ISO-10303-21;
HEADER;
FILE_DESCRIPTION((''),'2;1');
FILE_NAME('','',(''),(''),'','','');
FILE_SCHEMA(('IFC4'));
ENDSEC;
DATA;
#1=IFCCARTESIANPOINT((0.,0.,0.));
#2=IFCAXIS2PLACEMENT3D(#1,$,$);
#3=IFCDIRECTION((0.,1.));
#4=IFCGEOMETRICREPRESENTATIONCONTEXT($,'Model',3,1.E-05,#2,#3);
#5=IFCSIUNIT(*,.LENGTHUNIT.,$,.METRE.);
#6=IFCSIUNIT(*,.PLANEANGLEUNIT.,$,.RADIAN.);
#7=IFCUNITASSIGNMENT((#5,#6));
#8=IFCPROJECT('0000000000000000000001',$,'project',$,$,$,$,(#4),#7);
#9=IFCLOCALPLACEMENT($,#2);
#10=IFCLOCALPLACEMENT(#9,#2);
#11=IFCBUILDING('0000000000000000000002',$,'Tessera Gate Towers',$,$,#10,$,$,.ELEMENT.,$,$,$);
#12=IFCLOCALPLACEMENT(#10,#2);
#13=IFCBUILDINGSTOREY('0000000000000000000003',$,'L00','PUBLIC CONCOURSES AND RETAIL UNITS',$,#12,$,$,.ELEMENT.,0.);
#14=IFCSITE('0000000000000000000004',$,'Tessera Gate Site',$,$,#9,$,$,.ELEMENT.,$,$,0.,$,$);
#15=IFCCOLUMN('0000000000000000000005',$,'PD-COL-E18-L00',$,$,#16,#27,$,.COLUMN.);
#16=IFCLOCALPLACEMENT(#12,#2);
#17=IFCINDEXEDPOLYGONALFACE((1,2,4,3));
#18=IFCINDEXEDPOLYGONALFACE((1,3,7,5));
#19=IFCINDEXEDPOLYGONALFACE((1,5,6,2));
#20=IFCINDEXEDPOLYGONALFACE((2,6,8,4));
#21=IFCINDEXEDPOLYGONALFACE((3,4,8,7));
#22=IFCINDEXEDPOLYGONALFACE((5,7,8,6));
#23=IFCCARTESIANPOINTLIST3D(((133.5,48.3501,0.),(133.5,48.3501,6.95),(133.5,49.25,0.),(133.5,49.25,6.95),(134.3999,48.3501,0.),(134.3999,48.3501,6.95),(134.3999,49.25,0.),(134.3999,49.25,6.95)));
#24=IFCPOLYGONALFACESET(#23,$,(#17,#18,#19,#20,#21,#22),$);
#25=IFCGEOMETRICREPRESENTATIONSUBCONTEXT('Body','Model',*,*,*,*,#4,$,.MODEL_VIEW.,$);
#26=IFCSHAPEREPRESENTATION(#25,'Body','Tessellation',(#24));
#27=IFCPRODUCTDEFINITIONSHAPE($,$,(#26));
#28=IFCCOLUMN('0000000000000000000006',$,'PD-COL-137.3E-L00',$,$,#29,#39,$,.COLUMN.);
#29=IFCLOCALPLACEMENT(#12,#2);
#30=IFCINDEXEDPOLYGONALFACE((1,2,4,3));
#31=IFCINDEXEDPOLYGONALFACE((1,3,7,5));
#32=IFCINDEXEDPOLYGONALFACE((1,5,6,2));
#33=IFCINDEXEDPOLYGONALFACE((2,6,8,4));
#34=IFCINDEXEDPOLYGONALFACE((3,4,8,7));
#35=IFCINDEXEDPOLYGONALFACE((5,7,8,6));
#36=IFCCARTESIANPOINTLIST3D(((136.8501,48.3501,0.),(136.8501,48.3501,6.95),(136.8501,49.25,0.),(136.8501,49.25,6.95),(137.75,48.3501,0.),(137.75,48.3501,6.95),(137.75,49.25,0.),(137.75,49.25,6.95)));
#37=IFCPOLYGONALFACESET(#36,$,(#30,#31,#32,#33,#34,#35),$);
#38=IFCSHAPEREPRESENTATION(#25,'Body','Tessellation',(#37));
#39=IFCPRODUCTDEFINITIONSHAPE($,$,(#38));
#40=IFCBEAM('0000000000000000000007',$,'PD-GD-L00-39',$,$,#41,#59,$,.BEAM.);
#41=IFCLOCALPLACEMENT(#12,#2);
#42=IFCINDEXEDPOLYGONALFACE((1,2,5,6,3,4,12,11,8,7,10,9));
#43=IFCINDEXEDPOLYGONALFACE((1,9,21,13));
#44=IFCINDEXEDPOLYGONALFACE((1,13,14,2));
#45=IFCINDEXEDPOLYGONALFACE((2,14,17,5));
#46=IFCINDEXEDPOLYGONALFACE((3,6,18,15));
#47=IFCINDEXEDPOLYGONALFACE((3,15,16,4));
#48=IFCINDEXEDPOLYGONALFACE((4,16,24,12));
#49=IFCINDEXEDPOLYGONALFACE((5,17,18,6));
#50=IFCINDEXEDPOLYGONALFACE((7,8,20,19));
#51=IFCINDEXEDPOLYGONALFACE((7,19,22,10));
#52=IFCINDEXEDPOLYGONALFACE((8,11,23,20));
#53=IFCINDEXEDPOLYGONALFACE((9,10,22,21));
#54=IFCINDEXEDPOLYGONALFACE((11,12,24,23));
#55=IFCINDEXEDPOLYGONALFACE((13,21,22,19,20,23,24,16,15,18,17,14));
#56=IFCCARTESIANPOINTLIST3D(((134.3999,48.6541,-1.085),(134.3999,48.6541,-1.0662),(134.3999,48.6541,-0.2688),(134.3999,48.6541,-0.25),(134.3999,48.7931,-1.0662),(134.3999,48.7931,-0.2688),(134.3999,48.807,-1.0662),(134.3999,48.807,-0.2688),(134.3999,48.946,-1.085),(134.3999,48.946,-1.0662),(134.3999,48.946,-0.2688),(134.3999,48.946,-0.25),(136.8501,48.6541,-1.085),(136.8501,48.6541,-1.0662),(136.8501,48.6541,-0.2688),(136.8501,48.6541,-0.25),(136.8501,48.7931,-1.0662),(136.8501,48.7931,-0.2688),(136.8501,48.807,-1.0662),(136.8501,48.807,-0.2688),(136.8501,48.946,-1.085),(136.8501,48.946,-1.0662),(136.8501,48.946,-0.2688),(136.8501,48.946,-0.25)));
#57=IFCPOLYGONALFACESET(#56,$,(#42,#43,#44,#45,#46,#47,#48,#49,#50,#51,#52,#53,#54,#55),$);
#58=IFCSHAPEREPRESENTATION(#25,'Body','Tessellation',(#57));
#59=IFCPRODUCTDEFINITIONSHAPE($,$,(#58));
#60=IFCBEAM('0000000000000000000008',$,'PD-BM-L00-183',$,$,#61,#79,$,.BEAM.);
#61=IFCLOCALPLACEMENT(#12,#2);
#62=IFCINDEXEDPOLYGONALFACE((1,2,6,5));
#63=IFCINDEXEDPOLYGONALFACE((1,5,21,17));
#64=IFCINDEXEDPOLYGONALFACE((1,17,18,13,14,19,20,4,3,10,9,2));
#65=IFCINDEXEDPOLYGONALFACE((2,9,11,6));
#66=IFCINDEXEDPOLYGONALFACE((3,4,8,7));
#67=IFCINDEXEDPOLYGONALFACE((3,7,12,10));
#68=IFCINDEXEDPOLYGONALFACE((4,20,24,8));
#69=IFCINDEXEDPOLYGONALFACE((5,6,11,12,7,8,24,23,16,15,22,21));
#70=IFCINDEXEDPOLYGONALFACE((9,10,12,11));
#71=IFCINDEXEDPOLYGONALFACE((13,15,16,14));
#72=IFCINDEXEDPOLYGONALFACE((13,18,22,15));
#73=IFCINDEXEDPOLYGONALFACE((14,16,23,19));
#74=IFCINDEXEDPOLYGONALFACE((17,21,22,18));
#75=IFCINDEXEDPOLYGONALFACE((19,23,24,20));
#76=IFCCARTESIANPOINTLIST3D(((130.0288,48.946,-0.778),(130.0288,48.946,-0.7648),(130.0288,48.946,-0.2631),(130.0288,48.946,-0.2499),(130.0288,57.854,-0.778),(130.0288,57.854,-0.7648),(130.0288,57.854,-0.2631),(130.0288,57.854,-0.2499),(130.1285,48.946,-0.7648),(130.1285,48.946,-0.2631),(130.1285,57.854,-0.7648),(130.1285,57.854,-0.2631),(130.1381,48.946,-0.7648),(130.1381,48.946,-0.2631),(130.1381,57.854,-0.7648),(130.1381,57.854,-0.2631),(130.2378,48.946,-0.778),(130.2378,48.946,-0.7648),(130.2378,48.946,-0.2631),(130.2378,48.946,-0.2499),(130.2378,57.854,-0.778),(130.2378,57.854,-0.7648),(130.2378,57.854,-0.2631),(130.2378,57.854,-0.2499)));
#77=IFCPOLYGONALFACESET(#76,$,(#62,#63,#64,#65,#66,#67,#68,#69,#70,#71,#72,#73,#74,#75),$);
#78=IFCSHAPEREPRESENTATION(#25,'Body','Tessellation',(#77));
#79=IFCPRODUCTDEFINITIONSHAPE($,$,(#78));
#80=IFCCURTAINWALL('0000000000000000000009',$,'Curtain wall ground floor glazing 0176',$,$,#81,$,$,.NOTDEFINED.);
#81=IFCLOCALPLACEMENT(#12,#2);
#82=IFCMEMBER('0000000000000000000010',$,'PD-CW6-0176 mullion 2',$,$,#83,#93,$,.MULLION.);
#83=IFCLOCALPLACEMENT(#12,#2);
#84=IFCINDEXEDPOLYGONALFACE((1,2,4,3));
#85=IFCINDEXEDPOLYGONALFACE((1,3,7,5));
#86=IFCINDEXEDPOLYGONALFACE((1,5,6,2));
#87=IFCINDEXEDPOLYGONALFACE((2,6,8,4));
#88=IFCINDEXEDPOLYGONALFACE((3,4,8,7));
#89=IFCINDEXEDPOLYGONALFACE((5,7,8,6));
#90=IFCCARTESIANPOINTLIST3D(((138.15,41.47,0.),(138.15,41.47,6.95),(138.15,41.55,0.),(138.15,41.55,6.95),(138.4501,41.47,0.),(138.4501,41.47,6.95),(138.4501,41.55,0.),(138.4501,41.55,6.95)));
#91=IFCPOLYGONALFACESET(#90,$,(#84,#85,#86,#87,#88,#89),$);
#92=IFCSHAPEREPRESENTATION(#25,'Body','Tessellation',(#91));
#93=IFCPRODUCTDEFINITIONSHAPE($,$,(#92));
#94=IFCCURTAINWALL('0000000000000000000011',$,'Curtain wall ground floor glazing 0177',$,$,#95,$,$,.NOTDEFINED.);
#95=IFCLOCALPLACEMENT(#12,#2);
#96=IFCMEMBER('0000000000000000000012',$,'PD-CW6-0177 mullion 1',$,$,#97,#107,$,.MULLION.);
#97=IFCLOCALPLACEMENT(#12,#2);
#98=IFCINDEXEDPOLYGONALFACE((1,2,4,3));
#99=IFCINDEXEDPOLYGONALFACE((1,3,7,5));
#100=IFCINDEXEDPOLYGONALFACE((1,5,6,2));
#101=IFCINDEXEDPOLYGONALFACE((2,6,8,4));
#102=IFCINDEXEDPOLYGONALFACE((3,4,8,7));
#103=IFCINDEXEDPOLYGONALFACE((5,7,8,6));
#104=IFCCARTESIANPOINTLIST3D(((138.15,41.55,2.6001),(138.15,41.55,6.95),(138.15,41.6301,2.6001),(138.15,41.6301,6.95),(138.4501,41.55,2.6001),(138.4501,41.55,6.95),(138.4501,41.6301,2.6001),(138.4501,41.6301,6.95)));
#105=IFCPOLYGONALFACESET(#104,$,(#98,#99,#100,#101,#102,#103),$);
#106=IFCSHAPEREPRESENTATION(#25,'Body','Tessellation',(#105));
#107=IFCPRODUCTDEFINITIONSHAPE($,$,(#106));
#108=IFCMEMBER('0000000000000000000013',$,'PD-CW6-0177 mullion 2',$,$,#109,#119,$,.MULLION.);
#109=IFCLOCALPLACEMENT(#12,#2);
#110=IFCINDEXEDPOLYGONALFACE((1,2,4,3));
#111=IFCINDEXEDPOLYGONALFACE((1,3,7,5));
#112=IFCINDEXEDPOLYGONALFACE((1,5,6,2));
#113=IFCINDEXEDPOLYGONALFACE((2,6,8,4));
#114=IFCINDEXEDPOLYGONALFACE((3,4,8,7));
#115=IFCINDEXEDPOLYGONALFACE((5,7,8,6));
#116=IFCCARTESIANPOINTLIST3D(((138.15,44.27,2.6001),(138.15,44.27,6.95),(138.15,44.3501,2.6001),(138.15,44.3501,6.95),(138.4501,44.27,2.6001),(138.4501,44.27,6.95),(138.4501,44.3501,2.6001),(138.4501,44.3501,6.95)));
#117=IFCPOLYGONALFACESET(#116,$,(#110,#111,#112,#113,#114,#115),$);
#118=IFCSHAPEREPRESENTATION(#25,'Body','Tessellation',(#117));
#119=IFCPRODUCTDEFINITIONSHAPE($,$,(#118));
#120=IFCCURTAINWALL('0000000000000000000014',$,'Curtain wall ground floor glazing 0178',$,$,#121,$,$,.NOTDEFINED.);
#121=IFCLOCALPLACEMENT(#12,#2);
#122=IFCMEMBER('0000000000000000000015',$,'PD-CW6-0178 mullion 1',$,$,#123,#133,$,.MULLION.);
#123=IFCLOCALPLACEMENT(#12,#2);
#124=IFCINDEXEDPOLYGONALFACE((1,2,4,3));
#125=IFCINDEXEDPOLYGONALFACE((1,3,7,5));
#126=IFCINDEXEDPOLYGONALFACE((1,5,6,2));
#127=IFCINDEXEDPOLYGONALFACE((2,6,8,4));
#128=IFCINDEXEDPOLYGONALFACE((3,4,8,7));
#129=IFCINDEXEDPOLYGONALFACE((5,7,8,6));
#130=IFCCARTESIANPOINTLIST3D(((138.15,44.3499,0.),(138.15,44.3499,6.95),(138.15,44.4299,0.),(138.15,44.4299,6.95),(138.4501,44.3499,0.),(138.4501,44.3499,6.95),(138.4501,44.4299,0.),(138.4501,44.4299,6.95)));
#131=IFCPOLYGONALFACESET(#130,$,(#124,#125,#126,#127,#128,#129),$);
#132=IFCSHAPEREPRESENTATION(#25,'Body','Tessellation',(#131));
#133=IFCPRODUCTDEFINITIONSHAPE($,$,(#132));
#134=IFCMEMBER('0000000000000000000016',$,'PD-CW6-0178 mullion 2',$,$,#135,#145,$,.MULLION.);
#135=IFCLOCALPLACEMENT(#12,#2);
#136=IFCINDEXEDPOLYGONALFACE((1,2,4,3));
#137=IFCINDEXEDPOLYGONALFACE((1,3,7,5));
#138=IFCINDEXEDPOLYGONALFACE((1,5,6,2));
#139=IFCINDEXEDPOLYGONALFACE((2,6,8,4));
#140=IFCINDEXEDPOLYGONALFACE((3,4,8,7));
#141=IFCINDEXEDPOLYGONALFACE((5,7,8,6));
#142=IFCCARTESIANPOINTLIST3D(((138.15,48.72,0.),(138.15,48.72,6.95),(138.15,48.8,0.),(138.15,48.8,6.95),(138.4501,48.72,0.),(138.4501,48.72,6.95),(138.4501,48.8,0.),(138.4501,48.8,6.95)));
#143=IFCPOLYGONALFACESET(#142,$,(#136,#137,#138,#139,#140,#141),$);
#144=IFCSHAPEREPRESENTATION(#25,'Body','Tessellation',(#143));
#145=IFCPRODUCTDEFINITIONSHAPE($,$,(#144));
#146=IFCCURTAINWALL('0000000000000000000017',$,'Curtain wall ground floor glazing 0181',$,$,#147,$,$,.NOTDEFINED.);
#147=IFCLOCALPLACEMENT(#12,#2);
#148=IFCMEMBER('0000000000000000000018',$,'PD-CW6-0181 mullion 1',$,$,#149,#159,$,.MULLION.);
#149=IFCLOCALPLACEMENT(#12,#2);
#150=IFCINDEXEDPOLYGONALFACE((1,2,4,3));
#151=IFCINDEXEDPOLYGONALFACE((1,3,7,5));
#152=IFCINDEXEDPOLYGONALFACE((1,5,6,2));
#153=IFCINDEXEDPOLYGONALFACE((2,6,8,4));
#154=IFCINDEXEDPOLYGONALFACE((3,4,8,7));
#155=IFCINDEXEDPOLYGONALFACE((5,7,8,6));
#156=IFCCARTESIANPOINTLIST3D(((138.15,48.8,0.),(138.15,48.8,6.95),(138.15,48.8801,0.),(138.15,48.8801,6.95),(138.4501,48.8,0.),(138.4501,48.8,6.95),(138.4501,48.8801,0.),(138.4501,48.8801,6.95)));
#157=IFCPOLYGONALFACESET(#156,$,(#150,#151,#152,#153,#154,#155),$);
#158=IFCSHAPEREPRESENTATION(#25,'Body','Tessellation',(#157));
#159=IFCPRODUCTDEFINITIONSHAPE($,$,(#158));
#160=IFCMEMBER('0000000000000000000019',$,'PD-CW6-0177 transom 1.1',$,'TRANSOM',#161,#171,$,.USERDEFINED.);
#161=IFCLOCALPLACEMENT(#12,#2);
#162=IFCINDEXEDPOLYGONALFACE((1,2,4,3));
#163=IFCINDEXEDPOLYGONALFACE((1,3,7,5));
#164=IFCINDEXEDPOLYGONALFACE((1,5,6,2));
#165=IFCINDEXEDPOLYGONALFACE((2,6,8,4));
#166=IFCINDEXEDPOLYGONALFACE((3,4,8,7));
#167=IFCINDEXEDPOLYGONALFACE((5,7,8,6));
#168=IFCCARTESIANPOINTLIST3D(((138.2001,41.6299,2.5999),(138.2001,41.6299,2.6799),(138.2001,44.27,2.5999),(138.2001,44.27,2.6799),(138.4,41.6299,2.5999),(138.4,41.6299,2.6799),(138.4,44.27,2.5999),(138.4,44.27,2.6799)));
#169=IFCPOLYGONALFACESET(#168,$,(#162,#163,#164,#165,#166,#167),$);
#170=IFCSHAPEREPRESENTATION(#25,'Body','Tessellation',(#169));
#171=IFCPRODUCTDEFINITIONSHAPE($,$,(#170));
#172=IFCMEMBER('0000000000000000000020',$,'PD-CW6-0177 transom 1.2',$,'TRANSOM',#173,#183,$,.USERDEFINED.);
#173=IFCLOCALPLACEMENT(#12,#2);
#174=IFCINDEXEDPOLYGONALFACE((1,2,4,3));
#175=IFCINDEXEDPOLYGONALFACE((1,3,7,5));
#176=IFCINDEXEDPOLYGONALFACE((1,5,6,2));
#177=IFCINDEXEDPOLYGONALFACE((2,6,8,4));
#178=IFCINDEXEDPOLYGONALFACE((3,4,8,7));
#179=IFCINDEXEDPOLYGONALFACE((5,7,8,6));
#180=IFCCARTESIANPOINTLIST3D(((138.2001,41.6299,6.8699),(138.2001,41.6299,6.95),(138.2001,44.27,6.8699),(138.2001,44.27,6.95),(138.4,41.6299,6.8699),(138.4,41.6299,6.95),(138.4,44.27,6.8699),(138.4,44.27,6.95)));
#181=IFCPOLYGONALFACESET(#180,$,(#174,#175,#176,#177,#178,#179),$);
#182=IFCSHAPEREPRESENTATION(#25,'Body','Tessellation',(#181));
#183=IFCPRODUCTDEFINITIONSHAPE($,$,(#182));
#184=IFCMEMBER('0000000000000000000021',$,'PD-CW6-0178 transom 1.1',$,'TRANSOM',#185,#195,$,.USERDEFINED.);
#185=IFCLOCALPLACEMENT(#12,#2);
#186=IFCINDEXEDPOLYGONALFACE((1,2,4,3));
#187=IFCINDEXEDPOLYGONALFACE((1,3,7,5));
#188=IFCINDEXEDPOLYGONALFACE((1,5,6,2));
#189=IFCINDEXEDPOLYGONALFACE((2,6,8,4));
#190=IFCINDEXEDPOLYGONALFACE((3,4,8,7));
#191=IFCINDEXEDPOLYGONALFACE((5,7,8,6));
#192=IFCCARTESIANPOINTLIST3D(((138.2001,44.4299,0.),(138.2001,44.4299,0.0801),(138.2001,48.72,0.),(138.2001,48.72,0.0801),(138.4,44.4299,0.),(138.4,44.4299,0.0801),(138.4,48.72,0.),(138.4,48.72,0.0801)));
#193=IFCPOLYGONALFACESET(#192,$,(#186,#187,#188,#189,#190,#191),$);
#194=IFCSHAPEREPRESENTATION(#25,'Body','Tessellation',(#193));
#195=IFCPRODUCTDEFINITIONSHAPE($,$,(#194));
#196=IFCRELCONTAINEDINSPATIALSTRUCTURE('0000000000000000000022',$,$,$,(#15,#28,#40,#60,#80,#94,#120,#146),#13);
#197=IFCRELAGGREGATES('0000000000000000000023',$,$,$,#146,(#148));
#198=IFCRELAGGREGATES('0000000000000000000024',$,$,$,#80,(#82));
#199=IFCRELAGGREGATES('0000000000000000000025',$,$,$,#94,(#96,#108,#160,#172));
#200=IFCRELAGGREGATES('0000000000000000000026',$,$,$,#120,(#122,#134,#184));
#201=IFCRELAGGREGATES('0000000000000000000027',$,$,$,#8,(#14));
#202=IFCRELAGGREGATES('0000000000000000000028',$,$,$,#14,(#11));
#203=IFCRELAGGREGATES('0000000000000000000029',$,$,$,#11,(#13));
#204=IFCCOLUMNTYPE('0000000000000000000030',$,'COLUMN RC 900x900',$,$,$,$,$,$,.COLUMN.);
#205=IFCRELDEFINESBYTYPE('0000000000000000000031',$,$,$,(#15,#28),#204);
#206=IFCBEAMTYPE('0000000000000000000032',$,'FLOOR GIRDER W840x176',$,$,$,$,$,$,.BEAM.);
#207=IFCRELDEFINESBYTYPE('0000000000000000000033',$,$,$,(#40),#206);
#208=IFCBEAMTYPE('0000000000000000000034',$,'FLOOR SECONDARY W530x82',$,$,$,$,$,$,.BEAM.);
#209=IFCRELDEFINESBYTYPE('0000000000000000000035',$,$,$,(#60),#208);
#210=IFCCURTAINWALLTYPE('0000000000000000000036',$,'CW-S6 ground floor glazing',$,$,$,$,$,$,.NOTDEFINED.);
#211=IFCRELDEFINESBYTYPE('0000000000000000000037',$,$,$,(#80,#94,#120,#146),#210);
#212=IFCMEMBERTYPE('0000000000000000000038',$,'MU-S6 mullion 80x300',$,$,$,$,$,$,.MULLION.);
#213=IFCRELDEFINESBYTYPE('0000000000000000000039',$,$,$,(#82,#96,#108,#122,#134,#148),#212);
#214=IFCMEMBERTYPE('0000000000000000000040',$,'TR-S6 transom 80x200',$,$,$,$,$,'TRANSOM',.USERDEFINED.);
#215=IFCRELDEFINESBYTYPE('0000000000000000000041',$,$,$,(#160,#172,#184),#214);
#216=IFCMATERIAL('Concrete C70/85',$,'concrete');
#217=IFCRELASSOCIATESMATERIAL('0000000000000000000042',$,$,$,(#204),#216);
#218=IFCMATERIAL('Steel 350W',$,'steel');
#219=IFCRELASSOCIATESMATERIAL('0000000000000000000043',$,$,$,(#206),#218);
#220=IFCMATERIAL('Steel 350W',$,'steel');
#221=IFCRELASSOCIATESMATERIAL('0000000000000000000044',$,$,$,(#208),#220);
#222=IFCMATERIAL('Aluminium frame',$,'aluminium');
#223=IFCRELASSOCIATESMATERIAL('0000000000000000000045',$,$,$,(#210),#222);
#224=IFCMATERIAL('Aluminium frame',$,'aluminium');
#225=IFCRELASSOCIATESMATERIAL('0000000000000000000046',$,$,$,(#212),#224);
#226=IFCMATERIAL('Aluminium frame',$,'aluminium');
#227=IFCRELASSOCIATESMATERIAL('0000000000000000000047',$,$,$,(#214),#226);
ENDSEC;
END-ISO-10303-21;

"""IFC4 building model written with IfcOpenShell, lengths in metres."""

from ifc_helpers import new_model, si_unit, direction, frame, origin, origin_2d, place, context, subcontext, project, spatial, rectangle, i_section, extrude, material, material_profile, profile_set, type_object, element, aggregate, save


model = new_model("IFC4")

# Units and contexts
model_context = context("Model", 3, precision=1e-05, world=origin(), true_north=direction((0.0, 1.0)))
body_context = subcontext(model_context, "Body", "Model", "MODEL_VIEW")
ifc_project = project(units=[si_unit("LENGTHUNIT", "METRE"), si_unit("PLANEANGLEUNIT", "RADIAN")], contexts=[model_context])

# Site, building, storey
site_placement = place(None, origin())
site = spatial("IfcSite", under=ifc_project, at=site_placement, Name="Tessera Gate Site", CompositionType="ELEMENT", RefElevation=0.0)
building_placement = place(site_placement, origin())
building = spatial("IfcBuilding", under=site, at=building_placement, Name="Tessera Gate Towers", CompositionType="ELEMENT")
storey_placement = place(building_placement, origin())
storey = spatial("IfcBuildingStorey", under=building, at=storey_placement, Name="L00", Description="PUBLIC CONCOURSES AND RETAIL UNITS", CompositionType="ELEMENT", Elevation=0.0)

# Columns
ifc_material_1 = material(Name="Concrete C70/85", Category="concrete")
ifc_material_profile_1 = material_profile(ifc_material_1, rectangle(XDim=0.8999, YDim=0.8999, at=origin_2d()), Name="RC 900x900")
ifc_profile_set_1 = profile_set([ifc_material_profile_1], Name="Concrete C70/85")
column_type = type_object("IfcColumnType", Name="COLUMN RC 900x900", PredefinedType="COLUMN", material=ifc_profile_set_1)
for number, where, z_axis, x_axis, name in (
    (1, (133.95, 48.8, 0.0), (0.0, 0.0, 1.0), (1.0, 0.0, 0.0), "PD-COL-E18-L00"),
    (2, (137.3, 48.8, 0.0), (0.0, 0.0, 1.0), (1.0, 0.0, 0.0), "PD-COL-137.3E-L00"),
):
    element("IfcColumn", number, at=place(storey_placement, frame(where, z_axis=z_axis, x_axis=x_axis)), inside=storey, type_object=column_type, Name=name, PredefinedType="COLUMN", context=body_context, shape_type="SweptSolid", body=[
        extrude(rectangle(XDim=0.8999, YDim=0.8999, at=origin_2d()), origin(), (0.0, 0.0, 1.0), 6.95),
    ])

# Beams
ifc_material_2 = material(Name="Steel 350W", Category="steel")
ifc_material_profile_2 = material_profile(ifc_material_2, i_section(OverallWidth=0.292, OverallDepth=0.835, WebThickness=0.0139, FlangeThickness=0.0188, at=origin_2d()), Name="W840x176")
ifc_profile_set_2 = profile_set([ifc_material_profile_2], Name="Steel 350W")
beam_type_1 = type_object("IfcBeamType", Name="FLOOR GIRDER W840x176", PredefinedType="BEAM", material=ifc_profile_set_2)
beam_1_placement = place(storey_placement, frame((134.3999, 48.8, -0.6675), z_axis=(1.0, 0.0, 0.0), x_axis=(0.0, 1.0, 0.0)))
element("IfcBeam", 3, at=beam_1_placement, inside=storey, type_object=beam_type_1, Name="PD-GD-L00-39", PredefinedType="BEAM", context=body_context, shape_type="SweptSolid", body=[
    extrude(i_section(OverallWidth=0.292, OverallDepth=0.835, WebThickness=0.0139, FlangeThickness=0.0188, at=origin_2d()), origin(), (0.0, 0.0, 1.0), 2.4502),
])
ifc_material_3 = material(Name="Steel 350W", Category="steel")
ifc_material_profile_3 = material_profile(ifc_material_3, i_section(OverallWidth=0.209, OverallDepth=0.5281, WebThickness=0.0095, FlangeThickness=0.0132, at=origin_2d()), Name="W530x82")
ifc_profile_set_3 = profile_set([ifc_material_profile_3], Name="Steel 350W")
beam_type_2 = type_object("IfcBeamType", Name="FLOOR SECONDARY W530x82", PredefinedType="BEAM", material=ifc_profile_set_3)
beam_2_placement = place(storey_placement, frame((130.1333, 48.946, -0.5139), z_axis=(0.0, 1.0, 0.0), x_axis=(-1.0, 0.0, 0.0)))
element("IfcBeam", 4, at=beam_2_placement, inside=storey, type_object=beam_type_2, Name="PD-BM-L00-183", PredefinedType="BEAM", context=body_context, shape_type="SweptSolid", body=[
    extrude(i_section(OverallWidth=0.209, OverallDepth=0.5281, WebThickness=0.0095, FlangeThickness=0.0132, at=origin_2d()), origin(), (0.0, 0.0, 1.0), 8.908),
])

# Curtain wall, member
ifc_material_4 = material(Name="Aluminium frame", Category="aluminium")
curtain_wall_type = type_object("IfcCurtainWallType", Name="CW-S6 ground floor glazing", PredefinedType="NOTDEFINED", material=ifc_material_4)
curtain_wall_1_placement = place(storey_placement, origin())
curtain_wall_1 = element("IfcCurtainWall", 5, at=curtain_wall_1_placement, inside=storey, type_object=curtain_wall_type, Name="Curtain wall ground floor glazing 0176", PredefinedType="NOTDEFINED")
ifc_material_5 = material(Name="Aluminium frame", Category="aluminium")
ifc_material_profile_4 = material_profile(ifc_material_5, rectangle(XDim=0.0801, YDim=0.3, at=origin_2d()), Name="AL 80x300")
ifc_profile_set_4 = profile_set([ifc_material_profile_4], Name="Aluminium frame")
member_type_1 = type_object("IfcMemberType", Name="MU-S6 mullion 80x300", PredefinedType="MULLION", material=ifc_profile_set_4)
member_1_placement = place(storey_placement, frame((138.3, 41.51, 0.0), z_axis=(0.0, 0.0, 1.0), x_axis=(0.0, 1.0, 0.0)))
member_1 = element("IfcMember", 6, at=member_1_placement, type_object=member_type_1, Name="PD-CW6-0176 mullion 2", PredefinedType="MULLION", context=body_context, shape_type="SweptSolid", body=[
    extrude(rectangle(XDim=0.0801, YDim=0.3, at=origin_2d()), origin(), (0.0, 0.0, 1.0), 6.95),
])

# Curtain walls, members
curtain_wall_2_placement = place(storey_placement, origin())
curtain_wall_2 = element("IfcCurtainWall", 7, at=curtain_wall_2_placement, inside=storey, type_object=curtain_wall_type, Name="Curtain wall ground floor glazing 0177", PredefinedType="NOTDEFINED")
member_2_placement = place(storey_placement, frame((138.3, 41.5901, 2.6001), z_axis=(0.0, 0.0, 1.0), x_axis=(0.0, 1.0, 0.0)))
member_2 = element("IfcMember", 8, at=member_2_placement, type_object=member_type_1, Name="PD-CW6-0177 mullion 1", PredefinedType="MULLION", context=body_context, shape_type="SweptSolid", body=[
    extrude(rectangle(XDim=0.0801, YDim=0.3, at=origin_2d()), origin(), (0.0, 0.0, 1.0), 4.3499),
])
member_3_placement = place(storey_placement, frame((138.3, 44.3101, 2.6001), z_axis=(0.0, 0.0, 1.0), x_axis=(0.0, 1.0, 0.0)))
member_3 = element("IfcMember", 9, at=member_3_placement, type_object=member_type_1, Name="PD-CW6-0177 mullion 2", PredefinedType="MULLION", context=body_context, shape_type="SweptSolid", body=[
    extrude(rectangle(XDim=0.0801, YDim=0.3, at=origin_2d()), origin(), (0.0, 0.0, 1.0), 4.3499),
])
curtain_wall_3_placement = place(storey_placement, origin())
curtain_wall_3 = element("IfcCurtainWall", 10, at=curtain_wall_3_placement, inside=storey, type_object=curtain_wall_type, Name="Curtain wall ground floor glazing 0178", PredefinedType="NOTDEFINED")
member_4_placement = place(storey_placement, frame((138.3, 44.3899, 0.0), z_axis=(0.0, 0.0, 1.0), x_axis=(0.0, 1.0, 0.0)))
member_4 = element("IfcMember", 11, at=member_4_placement, type_object=member_type_1, Name="PD-CW6-0178 mullion 1", PredefinedType="MULLION", context=body_context, shape_type="SweptSolid", body=[
    extrude(rectangle(XDim=0.0801, YDim=0.3, at=origin_2d()), origin(), (0.0, 0.0, 1.0), 6.95),
])
member_5_placement = place(storey_placement, frame((138.3, 48.76, 0.0), z_axis=(0.0, 0.0, 1.0), x_axis=(0.0, 1.0, 0.0)))
member_5 = element("IfcMember", 12, at=member_5_placement, type_object=member_type_1, Name="PD-CW6-0178 mullion 2", PredefinedType="MULLION", context=body_context, shape_type="SweptSolid", body=[
    extrude(rectangle(XDim=0.0801, YDim=0.3, at=origin_2d()), origin(), (0.0, 0.0, 1.0), 6.95),
])

# Curtain wall, member
curtain_wall_4_placement = place(storey_placement, origin())
curtain_wall_4 = element("IfcCurtainWall", 13, at=curtain_wall_4_placement, inside=storey, type_object=curtain_wall_type, Name="Curtain wall ground floor glazing 0181", PredefinedType="NOTDEFINED")
member_6_placement = place(storey_placement, frame((138.3, 48.8401, 0.0), z_axis=(0.0, 0.0, 1.0), x_axis=(0.0, 1.0, 0.0)))
member_6 = element("IfcMember", 14, at=member_6_placement, type_object=member_type_1, Name="PD-CW6-0181 mullion 1", PredefinedType="MULLION", context=body_context, shape_type="SweptSolid", body=[
    extrude(rectangle(XDim=0.0801, YDim=0.3, at=origin_2d()), origin(), (0.0, 0.0, 1.0), 6.95),
])

# Members
ifc_material_6 = material(Name="Aluminium frame", Category="aluminium")
ifc_material_profile_5 = material_profile(ifc_material_6, rectangle(XDim=0.2, YDim=0.0801, at=origin_2d()), Name="AL 80x200")
ifc_profile_set_5 = profile_set([ifc_material_profile_5], Name="Aluminium frame")
member_type_2 = type_object("IfcMemberType", Name="TR-S6 transom 80x200", ElementType="TRANSOM", PredefinedType="USERDEFINED", material=ifc_profile_set_5)
member_7_placement = place(storey_placement, frame((138.3, 41.6299, 2.6399), z_axis=(0.0, 1.0, 0.0), x_axis=(-1.0, 0.0, 0.0)))
member_7 = element("IfcMember", 15, at=member_7_placement, type_object=member_type_2, Name="PD-CW6-0177 transom 1.1", ObjectType="TRANSOM", PredefinedType="USERDEFINED", context=body_context, shape_type="SweptSolid", body=[
    extrude(rectangle(XDim=0.2, YDim=0.0801, at=origin_2d()), origin(), (0.0, 0.0, 1.0), 2.6401),
])
member_8_placement = place(storey_placement, frame((138.3, 41.6299, 6.9099), z_axis=(0.0, 1.0, 0.0), x_axis=(-1.0, 0.0, 0.0)))
member_8 = element("IfcMember", 16, at=member_8_placement, type_object=member_type_2, Name="PD-CW6-0177 transom 1.2", ObjectType="TRANSOM", PredefinedType="USERDEFINED", context=body_context, shape_type="SweptSolid", body=[
    extrude(rectangle(XDim=0.2, YDim=0.0801, at=origin_2d()), origin(), (0.0, 0.0, 1.0), 2.6401),
])
member_9_placement = place(storey_placement, frame((138.3, 44.4299, 0.04), z_axis=(0.0, 1.0, 0.0), x_axis=(-1.0, 0.0, 0.0)))
member_9 = element("IfcMember", 17, at=member_9_placement, type_object=member_type_2, Name="PD-CW6-0178 transom 1.1", ObjectType="TRANSOM", PredefinedType="USERDEFINED", context=body_context, shape_type="SweptSolid", body=[
    extrude(rectangle(XDim=0.2, YDim=0.0801, at=origin_2d()), origin(), (0.0, 0.0, 1.0), 4.29),
])
aggregate(curtain_wall_4, [member_6])

aggregate(curtain_wall_1, [member_1])
aggregate(curtain_wall_2, [member_2, member_3, member_7, member_8])
aggregate(curtain_wall_3, [member_4, member_5, member_9])

save(model, "model.ifc")
